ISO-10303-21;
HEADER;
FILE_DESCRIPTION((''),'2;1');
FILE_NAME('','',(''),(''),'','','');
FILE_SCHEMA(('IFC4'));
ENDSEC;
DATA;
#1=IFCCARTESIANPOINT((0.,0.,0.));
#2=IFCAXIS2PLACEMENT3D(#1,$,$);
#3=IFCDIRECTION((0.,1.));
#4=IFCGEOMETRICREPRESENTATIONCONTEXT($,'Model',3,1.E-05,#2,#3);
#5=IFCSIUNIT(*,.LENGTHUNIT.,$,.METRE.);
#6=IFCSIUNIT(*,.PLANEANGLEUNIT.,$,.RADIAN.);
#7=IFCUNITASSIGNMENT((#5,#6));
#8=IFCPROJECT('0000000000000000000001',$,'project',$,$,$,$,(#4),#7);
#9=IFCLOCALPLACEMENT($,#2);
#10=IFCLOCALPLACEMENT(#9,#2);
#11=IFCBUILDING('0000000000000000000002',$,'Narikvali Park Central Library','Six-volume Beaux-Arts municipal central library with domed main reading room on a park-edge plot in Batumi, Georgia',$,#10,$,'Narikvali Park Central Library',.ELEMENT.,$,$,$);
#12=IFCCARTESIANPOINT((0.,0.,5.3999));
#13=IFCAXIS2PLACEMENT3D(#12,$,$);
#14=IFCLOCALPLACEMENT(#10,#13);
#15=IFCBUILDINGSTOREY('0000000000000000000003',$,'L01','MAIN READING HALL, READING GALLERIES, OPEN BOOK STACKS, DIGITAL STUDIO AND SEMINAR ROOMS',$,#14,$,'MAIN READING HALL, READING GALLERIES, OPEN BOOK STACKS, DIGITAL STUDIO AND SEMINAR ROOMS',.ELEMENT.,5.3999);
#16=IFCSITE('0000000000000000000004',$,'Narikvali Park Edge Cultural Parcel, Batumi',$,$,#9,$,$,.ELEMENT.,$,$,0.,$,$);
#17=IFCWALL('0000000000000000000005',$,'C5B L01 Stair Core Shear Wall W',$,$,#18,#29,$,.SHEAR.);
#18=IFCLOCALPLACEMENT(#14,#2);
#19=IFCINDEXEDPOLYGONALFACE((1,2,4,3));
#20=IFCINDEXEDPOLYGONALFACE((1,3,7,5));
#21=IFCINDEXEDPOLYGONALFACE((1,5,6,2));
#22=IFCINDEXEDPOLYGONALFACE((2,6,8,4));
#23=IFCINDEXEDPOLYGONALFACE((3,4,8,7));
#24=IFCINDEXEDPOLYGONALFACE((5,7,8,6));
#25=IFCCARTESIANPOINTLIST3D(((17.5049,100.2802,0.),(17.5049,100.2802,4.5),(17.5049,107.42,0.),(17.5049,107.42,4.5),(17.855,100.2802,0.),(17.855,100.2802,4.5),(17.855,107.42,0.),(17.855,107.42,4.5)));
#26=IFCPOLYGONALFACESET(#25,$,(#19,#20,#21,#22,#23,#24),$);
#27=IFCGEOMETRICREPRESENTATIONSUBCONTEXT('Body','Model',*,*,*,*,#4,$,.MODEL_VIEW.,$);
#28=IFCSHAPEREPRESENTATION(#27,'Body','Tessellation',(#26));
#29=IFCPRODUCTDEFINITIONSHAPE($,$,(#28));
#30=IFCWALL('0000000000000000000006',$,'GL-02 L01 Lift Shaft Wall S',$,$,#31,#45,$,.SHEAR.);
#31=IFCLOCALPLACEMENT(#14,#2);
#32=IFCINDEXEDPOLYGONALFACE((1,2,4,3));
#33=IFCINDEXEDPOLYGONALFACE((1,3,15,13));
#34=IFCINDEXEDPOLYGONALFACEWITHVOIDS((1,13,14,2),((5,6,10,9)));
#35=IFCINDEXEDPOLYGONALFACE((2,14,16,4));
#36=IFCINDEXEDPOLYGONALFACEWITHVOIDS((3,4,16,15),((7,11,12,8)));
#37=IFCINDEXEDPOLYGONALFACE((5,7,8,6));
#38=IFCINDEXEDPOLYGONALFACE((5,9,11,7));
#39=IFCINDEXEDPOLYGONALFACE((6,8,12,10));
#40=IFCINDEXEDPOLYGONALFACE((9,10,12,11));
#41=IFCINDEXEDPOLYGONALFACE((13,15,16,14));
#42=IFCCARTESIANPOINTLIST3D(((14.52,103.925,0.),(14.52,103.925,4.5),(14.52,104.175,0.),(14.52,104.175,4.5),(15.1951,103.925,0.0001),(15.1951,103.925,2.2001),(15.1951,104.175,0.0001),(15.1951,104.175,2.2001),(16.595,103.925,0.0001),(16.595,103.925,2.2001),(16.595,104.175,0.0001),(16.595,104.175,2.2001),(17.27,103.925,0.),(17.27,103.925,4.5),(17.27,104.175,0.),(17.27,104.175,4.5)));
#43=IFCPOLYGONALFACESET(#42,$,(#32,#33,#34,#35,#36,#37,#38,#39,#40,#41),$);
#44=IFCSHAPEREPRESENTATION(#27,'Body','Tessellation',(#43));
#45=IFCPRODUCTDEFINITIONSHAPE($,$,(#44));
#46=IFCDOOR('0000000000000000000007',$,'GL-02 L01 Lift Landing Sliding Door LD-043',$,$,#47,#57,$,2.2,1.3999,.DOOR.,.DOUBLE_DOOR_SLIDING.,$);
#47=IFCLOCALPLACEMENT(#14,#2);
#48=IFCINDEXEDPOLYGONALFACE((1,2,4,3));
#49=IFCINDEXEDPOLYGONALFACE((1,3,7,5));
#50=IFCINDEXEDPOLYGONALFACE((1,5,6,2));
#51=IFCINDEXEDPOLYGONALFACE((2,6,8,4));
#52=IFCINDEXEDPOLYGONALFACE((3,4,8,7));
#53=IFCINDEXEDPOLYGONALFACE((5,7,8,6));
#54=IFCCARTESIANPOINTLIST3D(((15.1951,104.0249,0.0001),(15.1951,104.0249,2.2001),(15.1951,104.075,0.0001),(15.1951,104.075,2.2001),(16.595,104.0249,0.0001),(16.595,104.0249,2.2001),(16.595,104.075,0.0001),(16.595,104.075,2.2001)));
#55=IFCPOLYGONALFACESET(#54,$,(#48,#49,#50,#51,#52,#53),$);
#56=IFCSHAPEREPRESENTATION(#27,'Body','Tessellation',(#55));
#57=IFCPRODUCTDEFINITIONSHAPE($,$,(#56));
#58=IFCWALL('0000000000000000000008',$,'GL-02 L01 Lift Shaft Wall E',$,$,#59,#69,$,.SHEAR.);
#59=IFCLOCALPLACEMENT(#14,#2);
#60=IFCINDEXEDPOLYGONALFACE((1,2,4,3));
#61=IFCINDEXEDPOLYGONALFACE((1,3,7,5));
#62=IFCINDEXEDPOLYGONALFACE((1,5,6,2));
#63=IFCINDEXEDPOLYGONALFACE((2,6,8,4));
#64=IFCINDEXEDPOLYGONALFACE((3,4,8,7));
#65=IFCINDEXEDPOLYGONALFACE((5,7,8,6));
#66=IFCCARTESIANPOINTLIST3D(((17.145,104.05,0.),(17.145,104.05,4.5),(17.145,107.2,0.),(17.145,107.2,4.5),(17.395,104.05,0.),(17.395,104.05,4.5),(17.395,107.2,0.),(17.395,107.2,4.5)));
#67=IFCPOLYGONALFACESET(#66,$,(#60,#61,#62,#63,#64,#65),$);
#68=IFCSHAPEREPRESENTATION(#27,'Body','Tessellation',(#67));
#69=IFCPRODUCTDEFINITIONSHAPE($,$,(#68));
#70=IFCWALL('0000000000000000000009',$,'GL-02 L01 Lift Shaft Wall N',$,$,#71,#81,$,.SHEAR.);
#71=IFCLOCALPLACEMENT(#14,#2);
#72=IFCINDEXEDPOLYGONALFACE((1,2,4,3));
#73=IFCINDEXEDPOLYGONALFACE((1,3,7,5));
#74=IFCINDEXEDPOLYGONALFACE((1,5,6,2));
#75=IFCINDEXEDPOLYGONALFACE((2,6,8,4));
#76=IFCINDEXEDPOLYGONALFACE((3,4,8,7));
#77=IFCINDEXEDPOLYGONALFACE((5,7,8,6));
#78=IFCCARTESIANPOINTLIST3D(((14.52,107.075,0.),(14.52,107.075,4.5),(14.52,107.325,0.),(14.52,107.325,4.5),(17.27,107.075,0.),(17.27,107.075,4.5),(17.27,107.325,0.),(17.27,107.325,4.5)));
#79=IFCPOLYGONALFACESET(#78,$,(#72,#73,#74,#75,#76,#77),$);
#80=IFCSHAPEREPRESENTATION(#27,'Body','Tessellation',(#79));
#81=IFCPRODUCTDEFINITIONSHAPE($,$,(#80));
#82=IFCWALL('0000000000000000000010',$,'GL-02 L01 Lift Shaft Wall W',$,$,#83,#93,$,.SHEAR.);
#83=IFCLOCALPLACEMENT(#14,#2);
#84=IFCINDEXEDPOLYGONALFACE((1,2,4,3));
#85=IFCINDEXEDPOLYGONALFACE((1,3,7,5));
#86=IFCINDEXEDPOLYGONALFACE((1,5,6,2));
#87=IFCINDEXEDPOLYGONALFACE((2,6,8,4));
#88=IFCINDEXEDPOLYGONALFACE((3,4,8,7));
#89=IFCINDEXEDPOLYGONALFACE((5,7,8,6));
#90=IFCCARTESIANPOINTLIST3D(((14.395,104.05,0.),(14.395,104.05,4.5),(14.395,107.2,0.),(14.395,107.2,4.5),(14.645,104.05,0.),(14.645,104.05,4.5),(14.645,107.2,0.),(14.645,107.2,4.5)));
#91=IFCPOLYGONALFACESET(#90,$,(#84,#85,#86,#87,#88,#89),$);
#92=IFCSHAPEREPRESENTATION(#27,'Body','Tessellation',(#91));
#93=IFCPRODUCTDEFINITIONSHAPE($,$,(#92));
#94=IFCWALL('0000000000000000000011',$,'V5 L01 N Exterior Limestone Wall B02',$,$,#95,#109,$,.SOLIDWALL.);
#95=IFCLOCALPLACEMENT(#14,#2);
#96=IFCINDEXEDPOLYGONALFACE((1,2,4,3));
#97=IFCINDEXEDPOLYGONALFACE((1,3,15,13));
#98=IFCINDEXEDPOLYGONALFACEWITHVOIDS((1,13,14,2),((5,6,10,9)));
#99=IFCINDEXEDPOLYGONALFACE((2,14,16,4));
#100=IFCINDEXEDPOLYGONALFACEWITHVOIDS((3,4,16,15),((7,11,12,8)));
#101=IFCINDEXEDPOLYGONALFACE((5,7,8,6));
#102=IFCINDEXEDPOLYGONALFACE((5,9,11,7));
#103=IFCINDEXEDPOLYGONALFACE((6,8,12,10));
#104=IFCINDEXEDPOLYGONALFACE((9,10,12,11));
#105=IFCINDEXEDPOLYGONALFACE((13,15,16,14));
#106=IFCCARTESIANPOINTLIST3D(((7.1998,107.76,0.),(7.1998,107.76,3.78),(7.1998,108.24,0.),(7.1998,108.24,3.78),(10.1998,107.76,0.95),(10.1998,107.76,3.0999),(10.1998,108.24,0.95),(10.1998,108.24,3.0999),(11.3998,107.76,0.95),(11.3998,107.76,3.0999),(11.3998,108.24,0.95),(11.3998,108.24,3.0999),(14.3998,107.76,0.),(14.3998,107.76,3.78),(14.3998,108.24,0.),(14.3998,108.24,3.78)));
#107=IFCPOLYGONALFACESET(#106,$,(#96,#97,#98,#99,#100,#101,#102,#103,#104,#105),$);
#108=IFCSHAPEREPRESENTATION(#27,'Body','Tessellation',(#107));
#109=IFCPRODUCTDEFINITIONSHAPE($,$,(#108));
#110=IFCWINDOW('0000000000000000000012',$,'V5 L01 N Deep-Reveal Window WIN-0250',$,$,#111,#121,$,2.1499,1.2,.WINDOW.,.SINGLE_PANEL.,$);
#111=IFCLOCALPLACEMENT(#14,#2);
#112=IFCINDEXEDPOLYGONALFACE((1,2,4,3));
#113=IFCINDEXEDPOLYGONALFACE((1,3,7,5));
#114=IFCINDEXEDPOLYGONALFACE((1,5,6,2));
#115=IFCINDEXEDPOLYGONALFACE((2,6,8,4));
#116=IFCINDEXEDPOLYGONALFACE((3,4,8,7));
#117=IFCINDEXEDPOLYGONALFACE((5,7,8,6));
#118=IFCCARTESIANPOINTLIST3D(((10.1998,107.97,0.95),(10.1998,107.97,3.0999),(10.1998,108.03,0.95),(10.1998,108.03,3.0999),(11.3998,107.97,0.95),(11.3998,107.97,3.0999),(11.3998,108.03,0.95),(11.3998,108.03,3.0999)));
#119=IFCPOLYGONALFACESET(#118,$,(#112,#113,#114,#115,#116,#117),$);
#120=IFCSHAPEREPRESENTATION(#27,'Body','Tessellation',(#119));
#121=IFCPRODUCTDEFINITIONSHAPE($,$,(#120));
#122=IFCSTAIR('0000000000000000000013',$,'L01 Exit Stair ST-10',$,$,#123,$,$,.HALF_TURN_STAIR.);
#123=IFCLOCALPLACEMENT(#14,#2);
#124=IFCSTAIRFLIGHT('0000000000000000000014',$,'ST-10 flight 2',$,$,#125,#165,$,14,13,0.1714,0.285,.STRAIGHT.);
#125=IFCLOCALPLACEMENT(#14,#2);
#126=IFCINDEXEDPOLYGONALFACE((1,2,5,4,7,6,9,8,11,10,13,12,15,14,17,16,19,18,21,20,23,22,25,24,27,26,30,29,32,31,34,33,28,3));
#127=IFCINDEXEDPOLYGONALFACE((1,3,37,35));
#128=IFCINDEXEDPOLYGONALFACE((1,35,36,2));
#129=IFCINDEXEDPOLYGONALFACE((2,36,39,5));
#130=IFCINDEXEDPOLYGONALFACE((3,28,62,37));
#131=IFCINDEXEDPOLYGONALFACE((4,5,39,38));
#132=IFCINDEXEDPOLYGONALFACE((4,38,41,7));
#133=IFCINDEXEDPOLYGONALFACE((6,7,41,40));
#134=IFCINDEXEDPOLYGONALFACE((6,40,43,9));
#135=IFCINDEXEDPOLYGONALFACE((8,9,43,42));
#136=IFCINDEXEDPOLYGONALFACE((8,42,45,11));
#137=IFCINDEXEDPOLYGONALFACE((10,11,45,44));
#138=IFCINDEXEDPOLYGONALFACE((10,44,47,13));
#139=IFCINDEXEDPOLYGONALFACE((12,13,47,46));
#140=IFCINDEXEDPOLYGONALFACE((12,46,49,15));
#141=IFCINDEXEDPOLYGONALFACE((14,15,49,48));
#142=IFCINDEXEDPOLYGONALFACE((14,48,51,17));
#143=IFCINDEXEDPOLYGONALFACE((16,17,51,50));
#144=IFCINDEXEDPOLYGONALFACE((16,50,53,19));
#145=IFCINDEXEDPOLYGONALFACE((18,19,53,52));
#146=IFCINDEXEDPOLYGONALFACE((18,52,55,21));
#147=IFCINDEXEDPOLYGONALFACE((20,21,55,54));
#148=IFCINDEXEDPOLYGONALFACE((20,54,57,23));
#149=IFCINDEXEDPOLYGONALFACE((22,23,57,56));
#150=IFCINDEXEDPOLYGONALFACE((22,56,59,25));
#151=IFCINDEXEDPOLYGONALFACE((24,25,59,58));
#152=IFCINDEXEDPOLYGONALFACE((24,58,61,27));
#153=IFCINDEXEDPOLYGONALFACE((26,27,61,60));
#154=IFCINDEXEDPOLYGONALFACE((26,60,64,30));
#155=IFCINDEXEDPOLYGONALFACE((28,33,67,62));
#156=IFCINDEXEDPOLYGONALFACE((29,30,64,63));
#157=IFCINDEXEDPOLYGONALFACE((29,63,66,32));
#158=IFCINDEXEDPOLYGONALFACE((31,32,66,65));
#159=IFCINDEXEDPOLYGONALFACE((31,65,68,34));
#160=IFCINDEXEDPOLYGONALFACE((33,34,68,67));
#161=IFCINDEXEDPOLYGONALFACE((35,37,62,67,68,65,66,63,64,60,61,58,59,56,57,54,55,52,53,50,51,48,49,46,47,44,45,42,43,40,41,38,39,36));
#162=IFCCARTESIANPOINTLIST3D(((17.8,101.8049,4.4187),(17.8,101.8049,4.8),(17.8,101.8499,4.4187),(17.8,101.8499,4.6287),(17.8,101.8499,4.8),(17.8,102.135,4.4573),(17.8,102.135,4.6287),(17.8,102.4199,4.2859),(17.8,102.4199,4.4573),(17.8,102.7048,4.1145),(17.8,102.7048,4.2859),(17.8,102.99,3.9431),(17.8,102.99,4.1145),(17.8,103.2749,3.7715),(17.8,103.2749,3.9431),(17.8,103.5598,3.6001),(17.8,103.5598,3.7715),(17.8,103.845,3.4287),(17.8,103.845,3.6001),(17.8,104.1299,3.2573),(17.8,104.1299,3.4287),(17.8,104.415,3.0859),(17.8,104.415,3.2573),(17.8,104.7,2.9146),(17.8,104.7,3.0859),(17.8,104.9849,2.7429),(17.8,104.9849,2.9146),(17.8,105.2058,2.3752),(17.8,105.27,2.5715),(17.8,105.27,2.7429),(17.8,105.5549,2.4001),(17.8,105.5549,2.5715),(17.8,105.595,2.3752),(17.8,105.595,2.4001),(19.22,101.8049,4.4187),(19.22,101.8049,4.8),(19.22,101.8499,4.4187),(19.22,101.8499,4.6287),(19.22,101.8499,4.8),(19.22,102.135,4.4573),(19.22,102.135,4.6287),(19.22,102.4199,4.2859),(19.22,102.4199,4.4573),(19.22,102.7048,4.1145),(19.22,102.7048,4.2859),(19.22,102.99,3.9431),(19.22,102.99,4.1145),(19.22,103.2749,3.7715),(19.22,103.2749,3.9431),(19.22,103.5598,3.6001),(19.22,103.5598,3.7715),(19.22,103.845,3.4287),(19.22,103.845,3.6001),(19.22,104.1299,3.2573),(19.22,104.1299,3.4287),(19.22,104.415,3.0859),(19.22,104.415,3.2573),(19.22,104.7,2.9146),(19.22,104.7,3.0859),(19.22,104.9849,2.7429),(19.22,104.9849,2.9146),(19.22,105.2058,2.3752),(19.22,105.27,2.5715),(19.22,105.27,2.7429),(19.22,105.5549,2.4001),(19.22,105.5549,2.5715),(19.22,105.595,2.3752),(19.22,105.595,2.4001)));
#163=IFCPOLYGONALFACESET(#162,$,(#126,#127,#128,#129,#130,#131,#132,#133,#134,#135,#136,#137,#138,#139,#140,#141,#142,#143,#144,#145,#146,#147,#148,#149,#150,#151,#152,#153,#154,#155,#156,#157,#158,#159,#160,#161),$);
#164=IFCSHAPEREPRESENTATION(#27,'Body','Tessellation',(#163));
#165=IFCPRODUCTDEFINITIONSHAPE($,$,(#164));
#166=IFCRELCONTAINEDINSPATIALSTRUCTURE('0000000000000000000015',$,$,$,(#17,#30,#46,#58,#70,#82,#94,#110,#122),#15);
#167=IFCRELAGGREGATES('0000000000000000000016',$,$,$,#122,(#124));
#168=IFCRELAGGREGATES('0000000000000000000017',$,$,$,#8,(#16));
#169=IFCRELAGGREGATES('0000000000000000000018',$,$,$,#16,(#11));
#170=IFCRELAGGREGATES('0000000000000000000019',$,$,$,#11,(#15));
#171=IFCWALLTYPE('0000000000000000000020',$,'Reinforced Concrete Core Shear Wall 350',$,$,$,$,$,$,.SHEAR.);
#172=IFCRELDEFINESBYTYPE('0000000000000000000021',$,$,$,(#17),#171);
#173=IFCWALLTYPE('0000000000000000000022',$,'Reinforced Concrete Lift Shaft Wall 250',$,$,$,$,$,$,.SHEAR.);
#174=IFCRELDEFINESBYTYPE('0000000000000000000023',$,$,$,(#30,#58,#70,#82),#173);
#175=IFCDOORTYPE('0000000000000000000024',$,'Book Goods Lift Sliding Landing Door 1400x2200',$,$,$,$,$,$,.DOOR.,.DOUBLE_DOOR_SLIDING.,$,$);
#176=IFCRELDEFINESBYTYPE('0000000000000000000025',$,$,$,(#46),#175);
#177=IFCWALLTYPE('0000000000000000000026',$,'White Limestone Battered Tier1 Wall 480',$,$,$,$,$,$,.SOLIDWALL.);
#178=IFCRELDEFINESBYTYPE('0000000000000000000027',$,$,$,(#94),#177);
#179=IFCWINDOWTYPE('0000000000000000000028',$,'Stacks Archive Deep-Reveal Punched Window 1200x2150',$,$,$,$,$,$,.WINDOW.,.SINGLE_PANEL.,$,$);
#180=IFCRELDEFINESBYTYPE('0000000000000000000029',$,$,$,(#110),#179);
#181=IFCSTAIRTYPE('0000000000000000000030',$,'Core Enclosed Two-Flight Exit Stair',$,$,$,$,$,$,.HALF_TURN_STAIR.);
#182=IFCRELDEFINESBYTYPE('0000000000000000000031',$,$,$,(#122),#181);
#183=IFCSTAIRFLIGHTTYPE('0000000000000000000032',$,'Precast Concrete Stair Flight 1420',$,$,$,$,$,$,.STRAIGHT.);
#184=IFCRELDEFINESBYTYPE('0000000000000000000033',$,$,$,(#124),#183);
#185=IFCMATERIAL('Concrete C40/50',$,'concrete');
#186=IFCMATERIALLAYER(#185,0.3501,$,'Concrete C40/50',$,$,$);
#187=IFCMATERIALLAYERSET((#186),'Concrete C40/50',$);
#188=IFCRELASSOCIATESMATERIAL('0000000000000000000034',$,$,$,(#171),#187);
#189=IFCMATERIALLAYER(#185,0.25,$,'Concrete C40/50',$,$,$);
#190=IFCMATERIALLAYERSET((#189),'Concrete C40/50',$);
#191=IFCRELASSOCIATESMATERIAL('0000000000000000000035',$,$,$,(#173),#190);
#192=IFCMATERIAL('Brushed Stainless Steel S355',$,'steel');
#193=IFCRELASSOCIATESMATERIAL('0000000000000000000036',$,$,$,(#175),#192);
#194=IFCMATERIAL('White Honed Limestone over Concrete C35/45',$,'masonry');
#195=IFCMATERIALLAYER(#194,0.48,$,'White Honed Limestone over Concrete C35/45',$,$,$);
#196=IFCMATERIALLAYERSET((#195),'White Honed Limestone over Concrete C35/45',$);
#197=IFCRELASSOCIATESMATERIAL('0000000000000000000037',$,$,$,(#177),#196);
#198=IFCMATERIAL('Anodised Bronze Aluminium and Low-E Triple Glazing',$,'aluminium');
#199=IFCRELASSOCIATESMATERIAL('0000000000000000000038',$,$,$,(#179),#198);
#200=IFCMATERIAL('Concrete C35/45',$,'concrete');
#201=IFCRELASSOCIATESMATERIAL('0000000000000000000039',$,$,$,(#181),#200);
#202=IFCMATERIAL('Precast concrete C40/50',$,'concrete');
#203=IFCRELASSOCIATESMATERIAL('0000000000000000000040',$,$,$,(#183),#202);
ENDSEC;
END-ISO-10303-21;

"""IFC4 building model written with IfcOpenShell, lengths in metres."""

from ifc_helpers import new_model, si_unit, direction, frame, frame_2d, origin, place, context, subcontext, project, spatial, polyline, rectangle, outline, extrude, material, layer, layer_set, type_object, element, fill, aggregate, save


model = new_model("IFC4")

# Units and contexts
model_context = context("Model", 3, precision=1e-05, world=origin(), true_north=direction((0.0, 1.0)))
body_context = subcontext(model_context, "Body", "Model", "MODEL_VIEW")
ifc_project = project(units=[si_unit("LENGTHUNIT", "METRE"), si_unit("PLANEANGLEUNIT", "RADIAN")], contexts=[model_context])

# Site, building, storey
site_placement = place(None, origin())
site = spatial("IfcSite", under=ifc_project, at=site_placement, Name="Narikvali Park Edge Cultural Parcel, Batumi", CompositionType="ELEMENT", RefElevation=0.0)
building_placement = place(site_placement, origin())
building = spatial("IfcBuilding", under=site, at=building_placement, Name="Narikvali Park Central Library", Description="Six-volume Beaux-Arts municipal central library with domed main reading room on a park-edge plot in Batumi, Georgia", LongName="Narikvali Park Central Library", CompositionType="ELEMENT")
storey_placement = place(building_placement, frame((0.0, 0.0, 5.3999)))
storey = spatial("IfcBuildingStorey", under=building, at=storey_placement, Name="L01", Description="MAIN READING HALL, READING GALLERIES, OPEN BOOK STACKS, DIGITAL STUDIO AND SEMINAR ROOMS", LongName="MAIN READING HALL, READING GALLERIES, OPEN BOOK STACKS, DIGITAL STUDIO AND SEMINAR ROOMS", CompositionType="ELEMENT", Elevation=5.3999)

# Shared definitions
ifc_material_1 = material(Name="Concrete C40/50", Category="concrete")
ifc_layer_1 = layer(ifc_material_1, 0.3501, Name="Concrete C40/50")
ifc_layer_set_1 = layer_set([ifc_layer_1], Name="Concrete C40/50")
wall_type_1 = type_object("IfcWallType", Name="Reinforced Concrete Core Shear Wall 350", PredefinedType="SHEAR", material=ifc_layer_set_1)

# Wall
wall_1_placement = place(storey_placement, frame((17.6799, 107.4199, 0.0), z_axis=(0.0, 0.0, 1.0), x_axis=(0.0, -1.0, 0.0)))
element("IfcWall", 1, at=wall_1_placement, inside=storey, type_object=wall_type_1, Name="C5B L01 Stair Core Shear Wall W", PredefinedType="SHEAR", context=body_context, shape_type="SweptSolid", body=[
    extrude(rectangle(XDim=7.1399, YDim=0.3501, at=frame_2d((3.5698, 0.0))), origin(), (0.0, 0.0, 1.0), 4.5),
])

# Wall, opening, door
ifc_layer_2 = layer(ifc_material_1, 0.25, Name="Concrete C40/50")
ifc_layer_set_2 = layer_set([ifc_layer_2], Name="Concrete C40/50")
wall_type_2 = type_object("IfcWallType", Name="Reinforced Concrete Lift Shaft Wall 250", PredefinedType="SHEAR", material=ifc_layer_set_2)
wall_2_placement = place(storey_placement, frame((14.52, 104.05, 0.0), z_axis=(0.0, 0.0, 1.0), x_axis=(1.0, 0.0, 0.0)))
wall_2 = element("IfcWall", 2, at=wall_2_placement, inside=storey, type_object=wall_type_2, Name="GL-02 L01 Lift Shaft Wall S", PredefinedType="SHEAR", context=body_context, shape_type="SweptSolid", body=[
    extrude(rectangle(XDim=2.75, YDim=0.25, at=frame_2d((1.375, 0.0))), origin(), (0.0, 0.0, 1.0), 4.5),
])
opening_1_placement = place(wall_2_placement, frame((0.675, 0.0, 0.0)))
opening_1 = element("IfcOpeningElement", 3, at=opening_1_placement, cuts=wall_2, PredefinedType="OPENING", context=body_context, shape_type="SweptSolid", body=[
    extrude(rectangle(XDim=1.3999, YDim=2.2, at=frame_2d((0.7, 1.1001))), frame((0.0, 0.137, 0.0), z_axis=(0.0, -1.0, 0.0), x_axis=(1.0, 0.0, 0.0)), (0.0, 0.0, 1.0), 0.2739),
])
ifc_material_2 = material(Name="Brushed Stainless Steel S355", Category="steel")
door_type_1 = type_object("IfcDoorType", Name="Book Goods Lift Sliding Landing Door 1400x2200", OperationType="DOUBLE_DOOR_SLIDING", PredefinedType="DOOR", material=ifc_material_2)
door_1_placement = place(opening_1_placement, origin())
door_1 = element("IfcDoor", 4, at=door_1_placement, inside=storey, type_object=door_type_1, Name="GL-02 L01 Lift Landing Sliding Door LD-043", OperationType="DOUBLE_DOOR_SLIDING", OverallHeight=2.2, OverallWidth=1.3999, PredefinedType="DOOR", context=body_context, shape_type="SweptSolid", body=[
    extrude(rectangle(XDim=1.3999, YDim=2.2, at=frame_2d((0.7, 1.1001))), frame((0.0, 0.0249, 0.0), z_axis=(0.0, -1.0, 0.0), x_axis=(1.0, 0.0, 0.0)), (0.0, 0.0, 1.0), 0.05),
])
fill(opening_1, door_1)

# Walls
wall_3_placement = place(storey_placement, frame((17.27, 104.05, 0.0), z_axis=(0.0, 0.0, 1.0), x_axis=(0.0, 1.0, 0.0)))
element("IfcWall", 5, at=wall_3_placement, inside=storey, type_object=wall_type_2, Name="GL-02 L01 Lift Shaft Wall E", PredefinedType="SHEAR", context=body_context, shape_type="SweptSolid", body=[
    extrude(rectangle(XDim=3.1499, YDim=0.25, at=frame_2d((1.575, 0.0))), origin(), (0.0, 0.0, 1.0), 4.5),
])
wall_4_placement = place(storey_placement, frame((17.27, 107.2, 0.0), z_axis=(0.0, 0.0, 1.0), x_axis=(-1.0, 0.0, 0.0)))
element("IfcWall", 6, at=wall_4_placement, inside=storey, type_object=wall_type_2, Name="GL-02 L01 Lift Shaft Wall N", PredefinedType="SHEAR", context=body_context, shape_type="SweptSolid", body=[
    extrude(rectangle(XDim=2.75, YDim=0.25, at=frame_2d((1.375, 0.0))), origin(), (0.0, 0.0, 1.0), 4.5),
])
wall_5_placement = place(storey_placement, frame((14.52, 107.2, 0.0), z_axis=(0.0, 0.0, 1.0), x_axis=(0.0, -1.0, 0.0)))
element("IfcWall", 7, at=wall_5_placement, inside=storey, type_object=wall_type_2, Name="GL-02 L01 Lift Shaft Wall W", PredefinedType="SHEAR", context=body_context, shape_type="SweptSolid", body=[
    extrude(rectangle(XDim=3.1499, YDim=0.25, at=frame_2d((1.575, 0.0))), origin(), (0.0, 0.0, 1.0), 4.5),
])

# Wall, opening, window
ifc_material_3 = material(Name="White Honed Limestone over Concrete C35/45", Category="masonry")
ifc_layer_3 = layer(ifc_material_3, 0.48, Name="White Honed Limestone over Concrete C35/45")
ifc_layer_set_3 = layer_set([ifc_layer_3], Name="White Honed Limestone over Concrete C35/45")
wall_type_3 = type_object("IfcWallType", Name="White Limestone Battered Tier1 Wall 480", PredefinedType="SOLIDWALL", material=ifc_layer_set_3)
wall_6_placement = place(storey_placement, frame((14.3999, 108.0, 0.0), z_axis=(0.0, 0.0, 1.0), x_axis=(-1.0, 0.0, 0.0)))
wall_6 = element("IfcWall", 8, at=wall_6_placement, inside=storey, type_object=wall_type_3, Name="V5 L01 N Exterior Limestone Wall B02", PredefinedType="SOLIDWALL", context=body_context, shape_type="SweptSolid", body=[
    extrude(rectangle(XDim=7.2, YDim=0.48, at=frame_2d((3.6001, 0.0))), origin(), (0.0, 0.0, 1.0), 3.78),
])
opening_2_placement = place(wall_6_placement, frame((3.0, 0.0, 0.95)))
opening_2 = element("IfcOpeningElement", 9, at=opening_2_placement, cuts=wall_6, PredefinedType="OPENING", context=body_context, shape_type="SweptSolid", body=[
    extrude(rectangle(XDim=1.2, YDim=2.1499, at=frame_2d((0.6001, 1.075))), frame((0.0, 0.252, 0.0), z_axis=(0.0, -1.0, 0.0), x_axis=(1.0, 0.0, 0.0)), (0.0, 0.0, 1.0), 0.5039),
])
ifc_material_4 = material(Name="Anodised Bronze Aluminium and Low-E Triple Glazing", Category="aluminium")
window_type = type_object("IfcWindowType", Name="Stacks Archive Deep-Reveal Punched Window 1200x2150", PartitioningType="SINGLE_PANEL", PredefinedType="WINDOW", material=ifc_material_4)
window_placement = place(opening_2_placement, origin())
window = element("IfcWindow", 10, at=window_placement, inside=storey, type_object=window_type, Name="V5 L01 N Deep-Reveal Window WIN-0250", OverallHeight=2.1499, OverallWidth=1.2, PartitioningType="SINGLE_PANEL", PredefinedType="WINDOW", context=body_context, shape_type="SweptSolid", body=[
    extrude(rectangle(XDim=1.2, YDim=2.1499, at=frame_2d((0.6001, 1.075))), frame((0.0, 0.03, 0.0), z_axis=(0.0, -1.0, 0.0), x_axis=(1.0, 0.0, 0.0)), (0.0, 0.0, 1.0), 0.0601),
])
fill(opening_2, window)

# Stair, stair flight
ifc_material_5 = material(Name="Concrete C35/45", Category="concrete")
stair_type = type_object("IfcStairType", Name="Core Enclosed Two-Flight Exit Stair", PredefinedType="HALF_TURN_STAIR", material=ifc_material_5)
stair_placement = place(storey_placement, origin())
stair = element("IfcStair", 11, at=stair_placement, inside=storey, type_object=stair_type, Name="L01 Exit Stair ST-10", PredefinedType="HALF_TURN_STAIR")
ifc_material_6 = material(Name="Precast concrete C40/50", Category="concrete")
stair_flight_type = type_object("IfcStairFlightType", Name="Precast Concrete Stair Flight 1420", PredefinedType="STRAIGHT", material=ifc_material_6)
stair_flight_placement = place(storey_placement, frame((18.51, 105.5549, 2.4001), z_axis=(0.0, 0.0, 1.0), x_axis=(0.0, -1.0, 0.0)))
stair_flight = element("IfcStairFlight", 12, at=stair_flight_placement, type_object=stair_flight_type, Name="ST-10 flight 2", NumberOfRisers=14, NumberOfTreads=13, PredefinedType="STRAIGHT", RiserHeight=0.1714, TreadLength=0.285, context=body_context, shape_type="SweptSolid", body=[
    extrude(outline(polyline([(-0.04, -0.0249), (-0.04, 0.0), (0.0, 0.0), (0.0, 0.1714), (0.2849, 0.1714), (0.2849, 0.3428), (0.5701, 0.3428), (0.5701, 0.5144), (0.855, 0.5144), (0.855, 0.6858), (1.1399, 0.6858), (1.1399, 0.8572), (1.425, 0.8572), (1.425, 1.0286), (1.71, 1.0286), (1.71, 1.2), (1.9951, 1.2), (1.9951, 1.3713), (2.28, 1.3713), (2.28, 1.543), (2.5649, 1.543), (2.5649, 1.7144), (2.8501, 1.7144), (2.8501, 1.8857), (3.135, 1.8857), (3.135, 2.0571), (3.4199, 2.0571), (3.4199, 2.2285), (3.7051, 2.2285), (3.7051, 2.3999), (3.75, 2.3999), (3.75, 2.0186), (3.7051, 2.0186), (0.3491, -0.0249), (-0.04, -0.0249)])), frame((0.0, 0.71, 0.0), z_axis=(0.0, -1.0, 0.0), x_axis=(1.0, 0.0, 0.0)), (0.0, 0.0, 1.0), 1.4199),
])
aggregate(stair, [stair_flight])

save(model, "model.ifc")
